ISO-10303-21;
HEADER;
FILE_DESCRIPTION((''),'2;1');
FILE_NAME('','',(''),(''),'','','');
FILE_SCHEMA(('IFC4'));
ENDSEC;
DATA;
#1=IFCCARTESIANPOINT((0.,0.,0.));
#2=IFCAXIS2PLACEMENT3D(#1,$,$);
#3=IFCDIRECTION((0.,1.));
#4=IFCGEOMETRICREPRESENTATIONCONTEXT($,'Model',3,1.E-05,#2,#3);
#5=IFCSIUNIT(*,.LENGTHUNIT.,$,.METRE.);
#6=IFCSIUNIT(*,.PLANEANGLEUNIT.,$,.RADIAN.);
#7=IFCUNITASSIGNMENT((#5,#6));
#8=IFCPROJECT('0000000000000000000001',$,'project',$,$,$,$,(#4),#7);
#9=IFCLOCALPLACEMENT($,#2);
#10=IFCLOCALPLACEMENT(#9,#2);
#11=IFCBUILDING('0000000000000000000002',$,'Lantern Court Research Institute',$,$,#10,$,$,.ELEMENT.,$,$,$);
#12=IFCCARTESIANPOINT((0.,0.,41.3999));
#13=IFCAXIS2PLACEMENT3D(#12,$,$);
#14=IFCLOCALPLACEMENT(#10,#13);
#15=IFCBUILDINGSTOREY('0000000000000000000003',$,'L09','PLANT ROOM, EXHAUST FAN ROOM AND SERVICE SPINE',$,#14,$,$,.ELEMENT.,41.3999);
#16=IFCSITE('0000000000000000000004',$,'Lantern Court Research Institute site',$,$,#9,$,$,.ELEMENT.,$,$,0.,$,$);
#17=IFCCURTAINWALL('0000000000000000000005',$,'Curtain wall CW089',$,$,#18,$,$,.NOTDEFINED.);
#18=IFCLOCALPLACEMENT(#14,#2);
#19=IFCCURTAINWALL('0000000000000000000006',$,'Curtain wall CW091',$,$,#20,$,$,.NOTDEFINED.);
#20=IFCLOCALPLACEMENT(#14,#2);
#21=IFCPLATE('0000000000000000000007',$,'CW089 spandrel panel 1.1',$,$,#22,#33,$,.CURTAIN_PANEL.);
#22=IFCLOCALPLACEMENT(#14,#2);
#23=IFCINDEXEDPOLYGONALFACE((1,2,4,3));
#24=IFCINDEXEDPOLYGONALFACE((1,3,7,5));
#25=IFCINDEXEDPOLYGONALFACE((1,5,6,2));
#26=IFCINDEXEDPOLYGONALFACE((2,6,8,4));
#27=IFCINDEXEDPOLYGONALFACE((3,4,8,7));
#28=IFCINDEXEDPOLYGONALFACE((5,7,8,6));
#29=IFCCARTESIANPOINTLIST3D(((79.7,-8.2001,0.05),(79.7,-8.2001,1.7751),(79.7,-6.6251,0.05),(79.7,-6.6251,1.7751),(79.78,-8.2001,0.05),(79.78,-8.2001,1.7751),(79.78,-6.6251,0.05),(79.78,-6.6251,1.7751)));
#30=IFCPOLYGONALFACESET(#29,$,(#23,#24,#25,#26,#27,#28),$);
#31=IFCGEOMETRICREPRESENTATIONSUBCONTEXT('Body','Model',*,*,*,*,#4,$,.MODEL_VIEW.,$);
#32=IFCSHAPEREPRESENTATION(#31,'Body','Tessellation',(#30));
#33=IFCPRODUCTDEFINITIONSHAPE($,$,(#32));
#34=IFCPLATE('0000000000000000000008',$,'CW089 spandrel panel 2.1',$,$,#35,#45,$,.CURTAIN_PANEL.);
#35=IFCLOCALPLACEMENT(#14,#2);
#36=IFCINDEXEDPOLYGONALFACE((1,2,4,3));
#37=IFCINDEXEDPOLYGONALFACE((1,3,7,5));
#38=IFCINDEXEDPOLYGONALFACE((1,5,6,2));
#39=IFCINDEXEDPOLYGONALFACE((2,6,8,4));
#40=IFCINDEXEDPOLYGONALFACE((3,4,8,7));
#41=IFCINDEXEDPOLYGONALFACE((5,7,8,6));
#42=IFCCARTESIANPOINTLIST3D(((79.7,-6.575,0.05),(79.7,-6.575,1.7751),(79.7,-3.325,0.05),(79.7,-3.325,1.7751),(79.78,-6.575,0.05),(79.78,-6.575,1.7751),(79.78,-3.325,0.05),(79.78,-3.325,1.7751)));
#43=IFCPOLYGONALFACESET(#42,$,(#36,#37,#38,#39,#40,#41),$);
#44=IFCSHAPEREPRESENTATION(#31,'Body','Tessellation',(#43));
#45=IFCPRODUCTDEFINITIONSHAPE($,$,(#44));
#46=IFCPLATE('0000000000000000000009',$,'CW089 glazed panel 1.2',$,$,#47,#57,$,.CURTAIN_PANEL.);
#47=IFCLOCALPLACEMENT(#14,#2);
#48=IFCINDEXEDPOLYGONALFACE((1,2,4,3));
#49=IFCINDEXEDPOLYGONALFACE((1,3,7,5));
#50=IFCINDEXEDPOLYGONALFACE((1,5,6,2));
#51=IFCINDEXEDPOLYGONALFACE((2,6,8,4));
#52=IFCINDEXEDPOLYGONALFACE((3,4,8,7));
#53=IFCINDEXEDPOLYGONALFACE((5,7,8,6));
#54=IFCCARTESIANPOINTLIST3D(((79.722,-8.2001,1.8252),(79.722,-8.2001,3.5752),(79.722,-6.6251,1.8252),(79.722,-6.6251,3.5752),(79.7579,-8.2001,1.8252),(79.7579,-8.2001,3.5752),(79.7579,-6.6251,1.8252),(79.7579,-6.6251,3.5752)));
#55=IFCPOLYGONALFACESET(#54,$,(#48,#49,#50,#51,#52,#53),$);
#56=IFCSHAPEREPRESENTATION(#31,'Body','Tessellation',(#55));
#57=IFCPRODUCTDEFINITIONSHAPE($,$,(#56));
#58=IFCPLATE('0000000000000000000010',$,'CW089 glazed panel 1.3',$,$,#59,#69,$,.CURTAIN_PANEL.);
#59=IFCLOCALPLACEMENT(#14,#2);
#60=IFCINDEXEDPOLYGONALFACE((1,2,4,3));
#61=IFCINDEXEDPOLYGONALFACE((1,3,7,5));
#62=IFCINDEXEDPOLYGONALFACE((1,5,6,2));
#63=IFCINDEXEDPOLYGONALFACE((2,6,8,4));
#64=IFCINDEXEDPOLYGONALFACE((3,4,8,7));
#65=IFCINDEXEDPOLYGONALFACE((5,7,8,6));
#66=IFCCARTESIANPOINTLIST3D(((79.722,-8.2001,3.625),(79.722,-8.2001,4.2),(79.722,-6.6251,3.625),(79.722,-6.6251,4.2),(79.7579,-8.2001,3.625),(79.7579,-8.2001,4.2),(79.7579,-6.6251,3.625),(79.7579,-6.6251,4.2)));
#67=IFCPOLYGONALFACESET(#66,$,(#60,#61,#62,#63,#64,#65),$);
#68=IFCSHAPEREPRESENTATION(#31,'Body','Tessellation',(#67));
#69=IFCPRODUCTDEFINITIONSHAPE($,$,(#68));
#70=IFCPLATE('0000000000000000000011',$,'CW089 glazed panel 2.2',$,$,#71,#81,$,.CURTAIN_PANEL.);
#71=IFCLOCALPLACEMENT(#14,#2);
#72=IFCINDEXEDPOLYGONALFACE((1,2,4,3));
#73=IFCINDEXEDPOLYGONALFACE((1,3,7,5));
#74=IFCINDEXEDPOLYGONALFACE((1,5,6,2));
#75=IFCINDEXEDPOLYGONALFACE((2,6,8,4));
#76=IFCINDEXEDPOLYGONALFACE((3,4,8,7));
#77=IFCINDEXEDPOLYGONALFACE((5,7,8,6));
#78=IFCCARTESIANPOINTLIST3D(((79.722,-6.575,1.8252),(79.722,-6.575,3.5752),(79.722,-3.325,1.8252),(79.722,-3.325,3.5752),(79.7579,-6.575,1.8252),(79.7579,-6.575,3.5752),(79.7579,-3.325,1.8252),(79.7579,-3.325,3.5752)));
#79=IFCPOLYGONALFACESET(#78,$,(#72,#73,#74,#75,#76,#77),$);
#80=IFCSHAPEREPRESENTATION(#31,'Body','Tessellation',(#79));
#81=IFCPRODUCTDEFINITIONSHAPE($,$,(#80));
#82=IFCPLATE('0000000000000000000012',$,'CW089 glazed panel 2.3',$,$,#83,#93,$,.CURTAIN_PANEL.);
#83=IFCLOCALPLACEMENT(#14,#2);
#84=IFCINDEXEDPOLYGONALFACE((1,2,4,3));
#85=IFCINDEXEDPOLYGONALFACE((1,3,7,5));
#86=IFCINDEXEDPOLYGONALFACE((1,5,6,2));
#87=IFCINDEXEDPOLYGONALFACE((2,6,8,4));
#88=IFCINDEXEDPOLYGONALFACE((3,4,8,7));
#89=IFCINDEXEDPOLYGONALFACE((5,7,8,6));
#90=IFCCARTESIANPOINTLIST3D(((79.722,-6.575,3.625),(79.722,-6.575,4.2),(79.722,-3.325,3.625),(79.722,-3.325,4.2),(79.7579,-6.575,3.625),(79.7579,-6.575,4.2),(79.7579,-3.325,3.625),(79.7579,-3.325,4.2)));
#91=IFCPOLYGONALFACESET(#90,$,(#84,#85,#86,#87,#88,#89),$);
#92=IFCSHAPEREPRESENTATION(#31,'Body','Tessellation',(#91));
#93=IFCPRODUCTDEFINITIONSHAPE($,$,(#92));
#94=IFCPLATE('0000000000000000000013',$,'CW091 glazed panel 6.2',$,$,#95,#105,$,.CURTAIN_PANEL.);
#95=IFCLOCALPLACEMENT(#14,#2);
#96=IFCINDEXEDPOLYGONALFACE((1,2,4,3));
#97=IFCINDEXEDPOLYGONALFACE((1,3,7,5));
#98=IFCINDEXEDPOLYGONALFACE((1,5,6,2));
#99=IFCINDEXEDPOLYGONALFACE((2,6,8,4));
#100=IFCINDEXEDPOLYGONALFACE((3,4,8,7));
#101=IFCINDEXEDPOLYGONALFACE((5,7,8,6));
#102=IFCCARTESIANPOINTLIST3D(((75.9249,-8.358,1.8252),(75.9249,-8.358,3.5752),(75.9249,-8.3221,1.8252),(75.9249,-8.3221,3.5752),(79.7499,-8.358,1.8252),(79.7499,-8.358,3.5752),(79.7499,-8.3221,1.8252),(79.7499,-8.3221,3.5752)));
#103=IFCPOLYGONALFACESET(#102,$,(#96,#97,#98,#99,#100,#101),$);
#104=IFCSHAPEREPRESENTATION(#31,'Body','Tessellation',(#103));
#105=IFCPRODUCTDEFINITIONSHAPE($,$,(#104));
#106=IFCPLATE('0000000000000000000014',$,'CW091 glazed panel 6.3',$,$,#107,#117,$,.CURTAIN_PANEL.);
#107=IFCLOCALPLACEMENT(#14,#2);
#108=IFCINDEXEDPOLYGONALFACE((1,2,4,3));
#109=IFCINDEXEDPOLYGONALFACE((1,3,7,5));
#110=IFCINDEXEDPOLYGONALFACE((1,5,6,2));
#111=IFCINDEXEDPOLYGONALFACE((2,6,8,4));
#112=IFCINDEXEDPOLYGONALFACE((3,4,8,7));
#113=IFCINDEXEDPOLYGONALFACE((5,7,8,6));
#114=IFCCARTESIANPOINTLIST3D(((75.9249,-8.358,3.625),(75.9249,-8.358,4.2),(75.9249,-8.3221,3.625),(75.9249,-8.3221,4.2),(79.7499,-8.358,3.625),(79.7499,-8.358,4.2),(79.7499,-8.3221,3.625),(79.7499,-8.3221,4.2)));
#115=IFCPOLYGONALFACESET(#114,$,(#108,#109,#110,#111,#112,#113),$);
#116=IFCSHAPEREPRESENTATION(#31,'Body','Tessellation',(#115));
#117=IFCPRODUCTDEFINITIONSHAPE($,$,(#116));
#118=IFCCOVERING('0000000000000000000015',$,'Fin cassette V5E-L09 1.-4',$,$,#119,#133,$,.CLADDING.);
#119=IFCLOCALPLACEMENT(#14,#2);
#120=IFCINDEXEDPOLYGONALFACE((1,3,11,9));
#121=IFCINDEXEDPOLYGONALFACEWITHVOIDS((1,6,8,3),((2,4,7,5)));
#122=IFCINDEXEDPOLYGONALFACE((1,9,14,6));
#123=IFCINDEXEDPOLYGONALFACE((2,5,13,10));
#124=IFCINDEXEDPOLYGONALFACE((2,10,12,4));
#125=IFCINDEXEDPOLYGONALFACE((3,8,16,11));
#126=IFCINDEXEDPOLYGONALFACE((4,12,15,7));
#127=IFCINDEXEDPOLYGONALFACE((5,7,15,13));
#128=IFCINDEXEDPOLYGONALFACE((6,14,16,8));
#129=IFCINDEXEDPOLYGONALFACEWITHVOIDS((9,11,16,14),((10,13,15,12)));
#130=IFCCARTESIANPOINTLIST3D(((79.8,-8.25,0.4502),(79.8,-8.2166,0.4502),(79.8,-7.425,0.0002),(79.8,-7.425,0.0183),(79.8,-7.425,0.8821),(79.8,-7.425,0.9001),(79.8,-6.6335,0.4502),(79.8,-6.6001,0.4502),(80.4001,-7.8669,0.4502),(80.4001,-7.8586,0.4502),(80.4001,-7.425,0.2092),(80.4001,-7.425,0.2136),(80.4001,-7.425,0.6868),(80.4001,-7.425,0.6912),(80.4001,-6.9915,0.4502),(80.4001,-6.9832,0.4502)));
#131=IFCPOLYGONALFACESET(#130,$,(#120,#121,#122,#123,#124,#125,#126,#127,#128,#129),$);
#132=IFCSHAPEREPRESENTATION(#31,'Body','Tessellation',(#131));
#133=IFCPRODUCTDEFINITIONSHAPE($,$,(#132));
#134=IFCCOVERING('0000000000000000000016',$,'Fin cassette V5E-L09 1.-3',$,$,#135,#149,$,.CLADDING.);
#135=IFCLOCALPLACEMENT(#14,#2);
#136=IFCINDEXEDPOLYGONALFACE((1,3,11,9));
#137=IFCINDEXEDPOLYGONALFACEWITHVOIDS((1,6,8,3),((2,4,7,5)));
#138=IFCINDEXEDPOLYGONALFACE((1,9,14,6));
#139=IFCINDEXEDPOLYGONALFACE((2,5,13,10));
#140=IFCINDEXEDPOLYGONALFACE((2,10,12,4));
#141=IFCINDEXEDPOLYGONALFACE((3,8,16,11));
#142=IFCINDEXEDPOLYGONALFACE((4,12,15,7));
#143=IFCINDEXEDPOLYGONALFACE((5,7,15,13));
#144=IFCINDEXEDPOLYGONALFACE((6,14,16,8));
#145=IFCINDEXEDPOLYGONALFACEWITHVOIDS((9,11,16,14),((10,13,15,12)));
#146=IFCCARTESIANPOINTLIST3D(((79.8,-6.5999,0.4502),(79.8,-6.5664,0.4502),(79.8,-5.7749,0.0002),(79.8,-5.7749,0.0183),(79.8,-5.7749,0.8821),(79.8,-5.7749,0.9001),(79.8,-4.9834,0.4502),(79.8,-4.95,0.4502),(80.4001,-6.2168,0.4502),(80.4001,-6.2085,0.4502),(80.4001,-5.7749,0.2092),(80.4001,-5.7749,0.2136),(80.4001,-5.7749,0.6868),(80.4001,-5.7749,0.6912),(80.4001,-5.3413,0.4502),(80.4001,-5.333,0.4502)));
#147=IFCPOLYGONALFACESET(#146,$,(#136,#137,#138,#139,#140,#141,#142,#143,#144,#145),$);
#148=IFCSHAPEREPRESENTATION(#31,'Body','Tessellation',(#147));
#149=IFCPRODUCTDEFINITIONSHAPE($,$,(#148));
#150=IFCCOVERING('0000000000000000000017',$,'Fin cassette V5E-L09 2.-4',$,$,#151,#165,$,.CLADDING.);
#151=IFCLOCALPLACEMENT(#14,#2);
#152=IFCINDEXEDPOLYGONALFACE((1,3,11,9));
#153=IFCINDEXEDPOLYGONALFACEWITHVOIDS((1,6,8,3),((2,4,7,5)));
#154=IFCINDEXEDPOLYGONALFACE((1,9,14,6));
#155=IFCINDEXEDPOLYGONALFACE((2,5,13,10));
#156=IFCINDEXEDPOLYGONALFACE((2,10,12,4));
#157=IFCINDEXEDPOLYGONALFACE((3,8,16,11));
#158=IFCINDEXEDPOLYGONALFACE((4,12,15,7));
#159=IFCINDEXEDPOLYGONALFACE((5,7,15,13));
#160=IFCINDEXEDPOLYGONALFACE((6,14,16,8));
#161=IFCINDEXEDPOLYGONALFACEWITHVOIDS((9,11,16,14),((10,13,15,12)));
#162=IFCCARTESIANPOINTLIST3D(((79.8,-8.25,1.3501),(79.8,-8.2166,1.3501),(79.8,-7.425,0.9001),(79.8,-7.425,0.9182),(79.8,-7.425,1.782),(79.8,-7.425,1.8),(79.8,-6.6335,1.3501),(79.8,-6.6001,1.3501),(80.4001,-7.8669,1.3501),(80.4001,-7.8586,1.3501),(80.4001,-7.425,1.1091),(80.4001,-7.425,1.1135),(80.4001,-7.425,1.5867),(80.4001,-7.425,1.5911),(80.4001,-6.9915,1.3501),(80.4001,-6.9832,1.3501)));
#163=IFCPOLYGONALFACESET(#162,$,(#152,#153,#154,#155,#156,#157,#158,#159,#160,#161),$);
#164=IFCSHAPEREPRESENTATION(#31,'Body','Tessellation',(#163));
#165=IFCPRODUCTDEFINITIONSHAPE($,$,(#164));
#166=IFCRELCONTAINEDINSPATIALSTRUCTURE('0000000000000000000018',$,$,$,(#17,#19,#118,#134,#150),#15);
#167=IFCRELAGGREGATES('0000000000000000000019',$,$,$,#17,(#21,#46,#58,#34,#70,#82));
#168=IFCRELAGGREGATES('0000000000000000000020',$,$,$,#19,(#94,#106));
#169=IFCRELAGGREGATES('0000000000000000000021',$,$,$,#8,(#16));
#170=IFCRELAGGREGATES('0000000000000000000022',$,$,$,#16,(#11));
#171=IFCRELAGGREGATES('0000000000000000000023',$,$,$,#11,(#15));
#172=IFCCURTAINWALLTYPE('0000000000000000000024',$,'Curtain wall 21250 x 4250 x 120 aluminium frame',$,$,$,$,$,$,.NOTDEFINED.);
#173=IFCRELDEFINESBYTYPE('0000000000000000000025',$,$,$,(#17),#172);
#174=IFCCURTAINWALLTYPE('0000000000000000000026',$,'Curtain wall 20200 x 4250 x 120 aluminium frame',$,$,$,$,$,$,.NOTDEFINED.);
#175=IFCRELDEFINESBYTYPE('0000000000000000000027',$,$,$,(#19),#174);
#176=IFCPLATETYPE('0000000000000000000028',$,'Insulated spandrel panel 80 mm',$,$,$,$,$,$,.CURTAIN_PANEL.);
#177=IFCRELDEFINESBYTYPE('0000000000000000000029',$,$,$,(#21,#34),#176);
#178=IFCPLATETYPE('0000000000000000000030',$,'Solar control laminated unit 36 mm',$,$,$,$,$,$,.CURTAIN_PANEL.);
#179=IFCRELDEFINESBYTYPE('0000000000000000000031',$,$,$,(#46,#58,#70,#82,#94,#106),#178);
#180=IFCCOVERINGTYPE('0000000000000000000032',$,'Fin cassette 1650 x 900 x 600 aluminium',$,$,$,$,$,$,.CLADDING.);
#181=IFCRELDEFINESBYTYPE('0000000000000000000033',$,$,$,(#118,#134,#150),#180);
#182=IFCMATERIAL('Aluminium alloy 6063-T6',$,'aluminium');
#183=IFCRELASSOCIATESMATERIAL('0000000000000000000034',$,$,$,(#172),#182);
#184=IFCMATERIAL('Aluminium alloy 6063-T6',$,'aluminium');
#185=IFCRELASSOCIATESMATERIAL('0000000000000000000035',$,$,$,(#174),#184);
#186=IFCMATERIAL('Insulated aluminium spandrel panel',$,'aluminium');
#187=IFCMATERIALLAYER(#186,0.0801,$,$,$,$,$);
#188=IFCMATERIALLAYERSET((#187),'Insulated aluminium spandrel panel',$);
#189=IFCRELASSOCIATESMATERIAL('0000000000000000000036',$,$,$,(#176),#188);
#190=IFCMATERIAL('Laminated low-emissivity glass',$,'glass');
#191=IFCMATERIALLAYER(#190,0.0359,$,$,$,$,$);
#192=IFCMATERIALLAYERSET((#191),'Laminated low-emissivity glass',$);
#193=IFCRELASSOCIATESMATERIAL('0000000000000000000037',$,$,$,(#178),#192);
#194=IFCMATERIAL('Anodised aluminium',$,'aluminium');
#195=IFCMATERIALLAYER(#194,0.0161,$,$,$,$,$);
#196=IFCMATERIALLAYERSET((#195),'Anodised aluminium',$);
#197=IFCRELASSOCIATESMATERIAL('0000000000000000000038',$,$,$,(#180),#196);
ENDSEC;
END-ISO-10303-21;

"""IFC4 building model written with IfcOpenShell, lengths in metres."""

from ifc_helpers import new_model, entity, si_unit, direction, frame, origin, origin_2d, place, context, subcontext, project, spatial, rectangle, extrude, material, layer, layer_set, type_object, element, aggregate, save


model = new_model("IFC4")

# Units and contexts
model_context = context("Model", 3, precision=1e-05, world=origin(), true_north=direction((0.0, 1.0)))
body_context = subcontext(model_context, "Body", "Model", "MODEL_VIEW")
ifc_project = project(units=[si_unit("LENGTHUNIT", "METRE"), si_unit("PLANEANGLEUNIT", "RADIAN")], contexts=[model_context])

# Site, building, storey
site_placement = place(None, origin())
site = spatial("IfcSite", under=ifc_project, at=site_placement, Name="Lantern Court Research Institute site", CompositionType="ELEMENT", RefElevation=0.0)
building_placement = place(site_placement, origin())
building = spatial("IfcBuilding", under=site, at=building_placement, Name="Lantern Court Research Institute", CompositionType="ELEMENT")
storey_placement = place(building_placement, frame((0.0, 0.0, 41.3999)))
storey = spatial("IfcBuildingStorey", under=building, at=storey_placement, Name="L09", Description="PLANT ROOM, EXHAUST FAN ROOM AND SERVICE SPINE", CompositionType="ELEMENT", Elevation=41.3999)

# Curtain wall
ifc_material_1 = material(Name="Aluminium alloy 6063-T6", Category="aluminium")
curtain_wall_type_1 = type_object("IfcCurtainWallType", Name="Curtain wall 21250 x 4250 x 120 aluminium frame", PredefinedType="NOTDEFINED", material=ifc_material_1)
curtain_wall_1_placement = place(storey_placement, origin())
curtain_wall_1 = element("IfcCurtainWall", 1, at=curtain_wall_1_placement, inside=storey, type_object=curtain_wall_type_1, Name="Curtain wall CW089", PredefinedType="NOTDEFINED")

# Curtain wall
ifc_material_2 = material(Name="Aluminium alloy 6063-T6", Category="aluminium")
curtain_wall_type_2 = type_object("IfcCurtainWallType", Name="Curtain wall 20200 x 4250 x 120 aluminium frame", PredefinedType="NOTDEFINED", material=ifc_material_2)
curtain_wall_2_placement = place(storey_placement, origin())
curtain_wall_2 = element("IfcCurtainWall", 2, at=curtain_wall_2_placement, inside=storey, type_object=curtain_wall_type_2, Name="Curtain wall CW091", PredefinedType="NOTDEFINED")

# Plates
ifc_material_3 = material(Name="Insulated aluminium spandrel panel", Category="aluminium")
ifc_layer_1 = layer(ifc_material_3, 0.0801)
ifc_layer_set_1 = layer_set([ifc_layer_1], Name="Insulated aluminium spandrel panel")
plate_type_1 = type_object("IfcPlateType", Name="Insulated spandrel panel 80 mm", PredefinedType="CURTAIN_PANEL", material=ifc_layer_set_1)
plate_1_placement = place(storey_placement, frame((79.74, -7.4126, 0.05), z_axis=(0.0, 0.0, 1.0), x_axis=(0.0, -1.0, 0.0)))
plate_1 = element("IfcPlate", 3, at=plate_1_placement, type_object=plate_type_1, Name="CW089 spandrel panel 1.1", PredefinedType="CURTAIN_PANEL", context=body_context, shape_type="SweptSolid", body=[
    extrude(rectangle(XDim=1.575, YDim=0.0801, at=origin_2d()), origin(), (0.0, 0.0, 1.0), 1.7251),
])
plate_2_placement = place(storey_placement, frame((79.74, -4.95, 0.05), z_axis=(0.0, 0.0, 1.0), x_axis=(0.0, -1.0, 0.0)))
plate_2 = element("IfcPlate", 4, at=plate_2_placement, type_object=plate_type_1, Name="CW089 spandrel panel 2.1", PredefinedType="CURTAIN_PANEL", context=body_context, shape_type="SweptSolid", body=[
    extrude(rectangle(XDim=3.25, YDim=0.0801, at=origin_2d()), origin(), (0.0, 0.0, 1.0), 1.7251),
])
ifc_material_4 = material(Name="Laminated low-emissivity glass", Category="glass")
ifc_layer_2 = layer(ifc_material_4, 0.0359)
ifc_layer_set_2 = layer_set([ifc_layer_2], Name="Laminated low-emissivity glass")
plate_type_2 = type_object("IfcPlateType", Name="Solar control laminated unit 36 mm", PredefinedType="CURTAIN_PANEL", material=ifc_layer_set_2)
plate_3_placement = place(storey_placement, frame((79.74, -7.4126, 1.8252), z_axis=(0.0, 0.0, 1.0), x_axis=(0.0, -1.0, 0.0)))
plate_3 = element("IfcPlate", 5, at=plate_3_placement, type_object=plate_type_2, Name="CW089 glazed panel 1.2", PredefinedType="CURTAIN_PANEL", context=body_context, shape_type="SweptSolid", body=[
    extrude(rectangle(XDim=1.575, YDim=0.0359, at=origin_2d()), origin(), (0.0, 0.0, 1.0), 1.75),
])
plate_4_placement = place(storey_placement, frame((79.74, -7.4126, 3.625), z_axis=(0.0, 0.0, 1.0), x_axis=(0.0, -1.0, 0.0)))
plate_4 = element("IfcPlate", 6, at=plate_4_placement, type_object=plate_type_2, Name="CW089 glazed panel 1.3", PredefinedType="CURTAIN_PANEL", context=body_context, shape_type="SweptSolid", body=[
    extrude(rectangle(XDim=1.575, YDim=0.0359, at=origin_2d()), origin(), (0.0, 0.0, 1.0), 0.575),
])
plate_5_placement = place(storey_placement, frame((79.74, -4.95, 1.8252), z_axis=(0.0, 0.0, 1.0), x_axis=(0.0, -1.0, 0.0)))
plate_5 = element("IfcPlate", 7, at=plate_5_placement, type_object=plate_type_2, Name="CW089 glazed panel 2.2", PredefinedType="CURTAIN_PANEL", context=body_context, shape_type="SweptSolid", body=[
    extrude(rectangle(XDim=3.25, YDim=0.0359, at=origin_2d()), origin(), (0.0, 0.0, 1.0), 1.75),
])
plate_6_placement = place(storey_placement, frame((79.74, -4.95, 3.625), z_axis=(0.0, 0.0, 1.0), x_axis=(0.0, -1.0, 0.0)))
plate_6 = element("IfcPlate", 8, at=plate_6_placement, type_object=plate_type_2, Name="CW089 glazed panel 2.3", PredefinedType="CURTAIN_PANEL", context=body_context, shape_type="SweptSolid", body=[
    extrude(rectangle(XDim=3.25, YDim=0.0359, at=origin_2d()), origin(), (0.0, 0.0, 1.0), 0.575),
])
aggregate(curtain_wall_1, [plate_1, plate_3, plate_4, plate_2, plate_5, plate_6])
plate_7_placement = place(storey_placement, frame((77.8374, -8.3401, 1.8252), z_axis=(0.0, 0.0, 1.0), x_axis=(-1.0, 0.0, 0.0)))
plate_7 = element("IfcPlate", 9, at=plate_7_placement, type_object=plate_type_2, Name="CW091 glazed panel 6.2", PredefinedType="CURTAIN_PANEL", context=body_context, shape_type="SweptSolid", body=[
    extrude(rectangle(XDim=3.825, YDim=0.0359, at=origin_2d()), origin(), (0.0, 0.0, 1.0), 1.75),
])
plate_8_placement = place(storey_placement, frame((77.8374, -8.3401, 3.625), z_axis=(0.0, 0.0, 1.0), x_axis=(-1.0, 0.0, 0.0)))
plate_8 = element("IfcPlate", 10, at=plate_8_placement, type_object=plate_type_2, Name="CW091 glazed panel 6.3", PredefinedType="CURTAIN_PANEL", context=body_context, shape_type="SweptSolid", body=[
    extrude(rectangle(XDim=3.825, YDim=0.0359, at=origin_2d()), origin(), (0.0, 0.0, 1.0), 0.575),
])
aggregate(curtain_wall_2, [plate_7, plate_8])

# Coverings
ifc_material_5 = material(Name="Anodised aluminium", Category="aluminium")
ifc_layer_3 = layer(ifc_material_5, 0.0161)
ifc_layer_set_3 = layer_set([ifc_layer_3], Name="Anodised aluminium")
covering_type = type_object("IfcCoveringType", Name="Fin cassette 1650 x 900 x 600 aluminium", PredefinedType="CLADDING", material=ifc_layer_set_3)
covering_1_placement = place(storey_placement, frame((79.8, -7.425, 0.4502), z_axis=(1.0, 0.0, 0.0), x_axis=(0.0, 1.0, 0.0)))
cartesian_point_1 = entity("IfcCartesianPoint", [0.825, 0.0])
cartesian_point_2 = entity("IfcCartesianPoint", [0.7915, 0.0])
cartesian_point_3 = entity("IfcCartesianPoint", [0.4419, 0.0])
cartesian_point_4 = entity("IfcCartesianPoint", [0.4336, 0.0])
element("IfcCovering", 11, at=covering_1_placement, inside=storey, type_object=covering_type, Name="Fin cassette V5E-L09 1.-4", PredefinedType="CLADDING", context=body_context, shape_type="SweptSolid", body=[
    entity("IfcExtrudedAreaSolidTapered", entity("IfcArbitraryProfileDefWithVoids", "AREA", None, entity("IfcPolyline", [cartesian_point_1, entity("IfcCartesianPoint", [0.0, 0.45]), entity("IfcCartesianPoint", [-0.825, 0.0]), entity("IfcCartesianPoint", [0.0, -0.45]), cartesian_point_1]), [entity("IfcPolyline", [cartesian_point_2, entity("IfcCartesianPoint", [0.0, 0.4319]), entity("IfcCartesianPoint", [-0.7915, 0.0]), entity("IfcCartesianPoint", [0.0, -0.4319]), cartesian_point_2])]), entity("IfcAxis2Placement3D", entity("IfcCartesianPoint", [0.0, 0.0, 0.0])), entity("IfcDirection", [0.0, 0.0, 1.0]), 0.6001, entity("IfcArbitraryProfileDefWithVoids", "AREA", None, entity("IfcPolyline", [cartesian_point_3, entity("IfcCartesianPoint", [0.0, 0.241]), entity("IfcCartesianPoint", [-0.4419, 0.0]), entity("IfcCartesianPoint", [0.0, -0.241]), cartesian_point_3]), [entity("IfcPolyline", [cartesian_point_4, entity("IfcCartesianPoint", [0.0, 0.2366]), entity("IfcCartesianPoint", [-0.4336, 0.0]), entity("IfcCartesianPoint", [0.0, -0.2366]), cartesian_point_4])])),
])
covering_2_placement = place(storey_placement, frame((79.8, -5.7749, 0.4502), z_axis=(1.0, 0.0, 0.0), x_axis=(0.0, 1.0, 0.0)))
cartesian_point_5 = entity("IfcCartesianPoint", [0.825, 0.0])
cartesian_point_6 = entity("IfcCartesianPoint", [0.7915, 0.0])
cartesian_point_7 = entity("IfcCartesianPoint", [0.4419, 0.0])
cartesian_point_8 = entity("IfcCartesianPoint", [0.4336, 0.0])
element("IfcCovering", 12, at=covering_2_placement, inside=storey, type_object=covering_type, Name="Fin cassette V5E-L09 1.-3", PredefinedType="CLADDING", context=body_context, shape_type="SweptSolid", body=[
    entity("IfcExtrudedAreaSolidTapered", entity("IfcArbitraryProfileDefWithVoids", "AREA", None, entity("IfcPolyline", [cartesian_point_5, entity("IfcCartesianPoint", [0.0, 0.45]), entity("IfcCartesianPoint", [-0.825, 0.0]), entity("IfcCartesianPoint", [0.0, -0.45]), cartesian_point_5]), [entity("IfcPolyline", [cartesian_point_6, entity("IfcCartesianPoint", [0.0, 0.4319]), entity("IfcCartesianPoint", [-0.7915, 0.0]), entity("IfcCartesianPoint", [0.0, -0.4319]), cartesian_point_6])]), entity("IfcAxis2Placement3D", entity("IfcCartesianPoint", [0.0, 0.0, 0.0])), entity("IfcDirection", [0.0, 0.0, 1.0]), 0.6001, entity("IfcArbitraryProfileDefWithVoids", "AREA", None, entity("IfcPolyline", [cartesian_point_7, entity("IfcCartesianPoint", [0.0, 0.241]), entity("IfcCartesianPoint", [-0.4419, 0.0]), entity("IfcCartesianPoint", [0.0, -0.241]), cartesian_point_7]), [entity("IfcPolyline", [cartesian_point_8, entity("IfcCartesianPoint", [0.0, 0.2366]), entity("IfcCartesianPoint", [-0.4336, 0.0]), entity("IfcCartesianPoint", [0.0, -0.2366]), cartesian_point_8])])),
])
covering_3_placement = place(storey_placement, frame((79.8, -7.425, 1.3501), z_axis=(1.0, 0.0, 0.0), x_axis=(0.0, 1.0, 0.0)))
cartesian_point_9 = entity("IfcCartesianPoint", [0.825, 0.0])
cartesian_point_10 = entity("IfcCartesianPoint", [0.7915, 0.0])
cartesian_point_11 = entity("IfcCartesianPoint", [0.4419, 0.0])
cartesian_point_12 = entity("IfcCartesianPoint", [0.4336, 0.0])
element("IfcCovering", 13, at=covering_3_placement, inside=storey, type_object=covering_type, Name="Fin cassette V5E-L09 2.-4", PredefinedType="CLADDING", context=body_context, shape_type="SweptSolid", body=[
    entity("IfcExtrudedAreaSolidTapered", entity("IfcArbitraryProfileDefWithVoids", "AREA", None, entity("IfcPolyline", [cartesian_point_9, entity("IfcCartesianPoint", [0.0, 0.45]), entity("IfcCartesianPoint", [-0.825, 0.0]), entity("IfcCartesianPoint", [0.0, -0.45]), cartesian_point_9]), [entity("IfcPolyline", [cartesian_point_10, entity("IfcCartesianPoint", [0.0, 0.4319]), entity("IfcCartesianPoint", [-0.7915, 0.0]), entity("IfcCartesianPoint", [0.0, -0.4319]), cartesian_point_10])]), entity("IfcAxis2Placement3D", entity("IfcCartesianPoint", [0.0, 0.0, 0.0])), entity("IfcDirection", [0.0, 0.0, 1.0]), 0.6001, entity("IfcArbitraryProfileDefWithVoids", "AREA", None, entity("IfcPolyline", [cartesian_point_11, entity("IfcCartesianPoint", [0.0, 0.241]), entity("IfcCartesianPoint", [-0.4419, 0.0]), entity("IfcCartesianPoint", [0.0, -0.241]), cartesian_point_11]), [entity("IfcPolyline", [cartesian_point_12, entity("IfcCartesianPoint", [0.0, 0.2366]), entity("IfcCartesianPoint", [-0.4336, 0.0]), entity("IfcCartesianPoint", [0.0, -0.2366]), cartesian_point_12])])),
])

save(model, "model.ifc")
